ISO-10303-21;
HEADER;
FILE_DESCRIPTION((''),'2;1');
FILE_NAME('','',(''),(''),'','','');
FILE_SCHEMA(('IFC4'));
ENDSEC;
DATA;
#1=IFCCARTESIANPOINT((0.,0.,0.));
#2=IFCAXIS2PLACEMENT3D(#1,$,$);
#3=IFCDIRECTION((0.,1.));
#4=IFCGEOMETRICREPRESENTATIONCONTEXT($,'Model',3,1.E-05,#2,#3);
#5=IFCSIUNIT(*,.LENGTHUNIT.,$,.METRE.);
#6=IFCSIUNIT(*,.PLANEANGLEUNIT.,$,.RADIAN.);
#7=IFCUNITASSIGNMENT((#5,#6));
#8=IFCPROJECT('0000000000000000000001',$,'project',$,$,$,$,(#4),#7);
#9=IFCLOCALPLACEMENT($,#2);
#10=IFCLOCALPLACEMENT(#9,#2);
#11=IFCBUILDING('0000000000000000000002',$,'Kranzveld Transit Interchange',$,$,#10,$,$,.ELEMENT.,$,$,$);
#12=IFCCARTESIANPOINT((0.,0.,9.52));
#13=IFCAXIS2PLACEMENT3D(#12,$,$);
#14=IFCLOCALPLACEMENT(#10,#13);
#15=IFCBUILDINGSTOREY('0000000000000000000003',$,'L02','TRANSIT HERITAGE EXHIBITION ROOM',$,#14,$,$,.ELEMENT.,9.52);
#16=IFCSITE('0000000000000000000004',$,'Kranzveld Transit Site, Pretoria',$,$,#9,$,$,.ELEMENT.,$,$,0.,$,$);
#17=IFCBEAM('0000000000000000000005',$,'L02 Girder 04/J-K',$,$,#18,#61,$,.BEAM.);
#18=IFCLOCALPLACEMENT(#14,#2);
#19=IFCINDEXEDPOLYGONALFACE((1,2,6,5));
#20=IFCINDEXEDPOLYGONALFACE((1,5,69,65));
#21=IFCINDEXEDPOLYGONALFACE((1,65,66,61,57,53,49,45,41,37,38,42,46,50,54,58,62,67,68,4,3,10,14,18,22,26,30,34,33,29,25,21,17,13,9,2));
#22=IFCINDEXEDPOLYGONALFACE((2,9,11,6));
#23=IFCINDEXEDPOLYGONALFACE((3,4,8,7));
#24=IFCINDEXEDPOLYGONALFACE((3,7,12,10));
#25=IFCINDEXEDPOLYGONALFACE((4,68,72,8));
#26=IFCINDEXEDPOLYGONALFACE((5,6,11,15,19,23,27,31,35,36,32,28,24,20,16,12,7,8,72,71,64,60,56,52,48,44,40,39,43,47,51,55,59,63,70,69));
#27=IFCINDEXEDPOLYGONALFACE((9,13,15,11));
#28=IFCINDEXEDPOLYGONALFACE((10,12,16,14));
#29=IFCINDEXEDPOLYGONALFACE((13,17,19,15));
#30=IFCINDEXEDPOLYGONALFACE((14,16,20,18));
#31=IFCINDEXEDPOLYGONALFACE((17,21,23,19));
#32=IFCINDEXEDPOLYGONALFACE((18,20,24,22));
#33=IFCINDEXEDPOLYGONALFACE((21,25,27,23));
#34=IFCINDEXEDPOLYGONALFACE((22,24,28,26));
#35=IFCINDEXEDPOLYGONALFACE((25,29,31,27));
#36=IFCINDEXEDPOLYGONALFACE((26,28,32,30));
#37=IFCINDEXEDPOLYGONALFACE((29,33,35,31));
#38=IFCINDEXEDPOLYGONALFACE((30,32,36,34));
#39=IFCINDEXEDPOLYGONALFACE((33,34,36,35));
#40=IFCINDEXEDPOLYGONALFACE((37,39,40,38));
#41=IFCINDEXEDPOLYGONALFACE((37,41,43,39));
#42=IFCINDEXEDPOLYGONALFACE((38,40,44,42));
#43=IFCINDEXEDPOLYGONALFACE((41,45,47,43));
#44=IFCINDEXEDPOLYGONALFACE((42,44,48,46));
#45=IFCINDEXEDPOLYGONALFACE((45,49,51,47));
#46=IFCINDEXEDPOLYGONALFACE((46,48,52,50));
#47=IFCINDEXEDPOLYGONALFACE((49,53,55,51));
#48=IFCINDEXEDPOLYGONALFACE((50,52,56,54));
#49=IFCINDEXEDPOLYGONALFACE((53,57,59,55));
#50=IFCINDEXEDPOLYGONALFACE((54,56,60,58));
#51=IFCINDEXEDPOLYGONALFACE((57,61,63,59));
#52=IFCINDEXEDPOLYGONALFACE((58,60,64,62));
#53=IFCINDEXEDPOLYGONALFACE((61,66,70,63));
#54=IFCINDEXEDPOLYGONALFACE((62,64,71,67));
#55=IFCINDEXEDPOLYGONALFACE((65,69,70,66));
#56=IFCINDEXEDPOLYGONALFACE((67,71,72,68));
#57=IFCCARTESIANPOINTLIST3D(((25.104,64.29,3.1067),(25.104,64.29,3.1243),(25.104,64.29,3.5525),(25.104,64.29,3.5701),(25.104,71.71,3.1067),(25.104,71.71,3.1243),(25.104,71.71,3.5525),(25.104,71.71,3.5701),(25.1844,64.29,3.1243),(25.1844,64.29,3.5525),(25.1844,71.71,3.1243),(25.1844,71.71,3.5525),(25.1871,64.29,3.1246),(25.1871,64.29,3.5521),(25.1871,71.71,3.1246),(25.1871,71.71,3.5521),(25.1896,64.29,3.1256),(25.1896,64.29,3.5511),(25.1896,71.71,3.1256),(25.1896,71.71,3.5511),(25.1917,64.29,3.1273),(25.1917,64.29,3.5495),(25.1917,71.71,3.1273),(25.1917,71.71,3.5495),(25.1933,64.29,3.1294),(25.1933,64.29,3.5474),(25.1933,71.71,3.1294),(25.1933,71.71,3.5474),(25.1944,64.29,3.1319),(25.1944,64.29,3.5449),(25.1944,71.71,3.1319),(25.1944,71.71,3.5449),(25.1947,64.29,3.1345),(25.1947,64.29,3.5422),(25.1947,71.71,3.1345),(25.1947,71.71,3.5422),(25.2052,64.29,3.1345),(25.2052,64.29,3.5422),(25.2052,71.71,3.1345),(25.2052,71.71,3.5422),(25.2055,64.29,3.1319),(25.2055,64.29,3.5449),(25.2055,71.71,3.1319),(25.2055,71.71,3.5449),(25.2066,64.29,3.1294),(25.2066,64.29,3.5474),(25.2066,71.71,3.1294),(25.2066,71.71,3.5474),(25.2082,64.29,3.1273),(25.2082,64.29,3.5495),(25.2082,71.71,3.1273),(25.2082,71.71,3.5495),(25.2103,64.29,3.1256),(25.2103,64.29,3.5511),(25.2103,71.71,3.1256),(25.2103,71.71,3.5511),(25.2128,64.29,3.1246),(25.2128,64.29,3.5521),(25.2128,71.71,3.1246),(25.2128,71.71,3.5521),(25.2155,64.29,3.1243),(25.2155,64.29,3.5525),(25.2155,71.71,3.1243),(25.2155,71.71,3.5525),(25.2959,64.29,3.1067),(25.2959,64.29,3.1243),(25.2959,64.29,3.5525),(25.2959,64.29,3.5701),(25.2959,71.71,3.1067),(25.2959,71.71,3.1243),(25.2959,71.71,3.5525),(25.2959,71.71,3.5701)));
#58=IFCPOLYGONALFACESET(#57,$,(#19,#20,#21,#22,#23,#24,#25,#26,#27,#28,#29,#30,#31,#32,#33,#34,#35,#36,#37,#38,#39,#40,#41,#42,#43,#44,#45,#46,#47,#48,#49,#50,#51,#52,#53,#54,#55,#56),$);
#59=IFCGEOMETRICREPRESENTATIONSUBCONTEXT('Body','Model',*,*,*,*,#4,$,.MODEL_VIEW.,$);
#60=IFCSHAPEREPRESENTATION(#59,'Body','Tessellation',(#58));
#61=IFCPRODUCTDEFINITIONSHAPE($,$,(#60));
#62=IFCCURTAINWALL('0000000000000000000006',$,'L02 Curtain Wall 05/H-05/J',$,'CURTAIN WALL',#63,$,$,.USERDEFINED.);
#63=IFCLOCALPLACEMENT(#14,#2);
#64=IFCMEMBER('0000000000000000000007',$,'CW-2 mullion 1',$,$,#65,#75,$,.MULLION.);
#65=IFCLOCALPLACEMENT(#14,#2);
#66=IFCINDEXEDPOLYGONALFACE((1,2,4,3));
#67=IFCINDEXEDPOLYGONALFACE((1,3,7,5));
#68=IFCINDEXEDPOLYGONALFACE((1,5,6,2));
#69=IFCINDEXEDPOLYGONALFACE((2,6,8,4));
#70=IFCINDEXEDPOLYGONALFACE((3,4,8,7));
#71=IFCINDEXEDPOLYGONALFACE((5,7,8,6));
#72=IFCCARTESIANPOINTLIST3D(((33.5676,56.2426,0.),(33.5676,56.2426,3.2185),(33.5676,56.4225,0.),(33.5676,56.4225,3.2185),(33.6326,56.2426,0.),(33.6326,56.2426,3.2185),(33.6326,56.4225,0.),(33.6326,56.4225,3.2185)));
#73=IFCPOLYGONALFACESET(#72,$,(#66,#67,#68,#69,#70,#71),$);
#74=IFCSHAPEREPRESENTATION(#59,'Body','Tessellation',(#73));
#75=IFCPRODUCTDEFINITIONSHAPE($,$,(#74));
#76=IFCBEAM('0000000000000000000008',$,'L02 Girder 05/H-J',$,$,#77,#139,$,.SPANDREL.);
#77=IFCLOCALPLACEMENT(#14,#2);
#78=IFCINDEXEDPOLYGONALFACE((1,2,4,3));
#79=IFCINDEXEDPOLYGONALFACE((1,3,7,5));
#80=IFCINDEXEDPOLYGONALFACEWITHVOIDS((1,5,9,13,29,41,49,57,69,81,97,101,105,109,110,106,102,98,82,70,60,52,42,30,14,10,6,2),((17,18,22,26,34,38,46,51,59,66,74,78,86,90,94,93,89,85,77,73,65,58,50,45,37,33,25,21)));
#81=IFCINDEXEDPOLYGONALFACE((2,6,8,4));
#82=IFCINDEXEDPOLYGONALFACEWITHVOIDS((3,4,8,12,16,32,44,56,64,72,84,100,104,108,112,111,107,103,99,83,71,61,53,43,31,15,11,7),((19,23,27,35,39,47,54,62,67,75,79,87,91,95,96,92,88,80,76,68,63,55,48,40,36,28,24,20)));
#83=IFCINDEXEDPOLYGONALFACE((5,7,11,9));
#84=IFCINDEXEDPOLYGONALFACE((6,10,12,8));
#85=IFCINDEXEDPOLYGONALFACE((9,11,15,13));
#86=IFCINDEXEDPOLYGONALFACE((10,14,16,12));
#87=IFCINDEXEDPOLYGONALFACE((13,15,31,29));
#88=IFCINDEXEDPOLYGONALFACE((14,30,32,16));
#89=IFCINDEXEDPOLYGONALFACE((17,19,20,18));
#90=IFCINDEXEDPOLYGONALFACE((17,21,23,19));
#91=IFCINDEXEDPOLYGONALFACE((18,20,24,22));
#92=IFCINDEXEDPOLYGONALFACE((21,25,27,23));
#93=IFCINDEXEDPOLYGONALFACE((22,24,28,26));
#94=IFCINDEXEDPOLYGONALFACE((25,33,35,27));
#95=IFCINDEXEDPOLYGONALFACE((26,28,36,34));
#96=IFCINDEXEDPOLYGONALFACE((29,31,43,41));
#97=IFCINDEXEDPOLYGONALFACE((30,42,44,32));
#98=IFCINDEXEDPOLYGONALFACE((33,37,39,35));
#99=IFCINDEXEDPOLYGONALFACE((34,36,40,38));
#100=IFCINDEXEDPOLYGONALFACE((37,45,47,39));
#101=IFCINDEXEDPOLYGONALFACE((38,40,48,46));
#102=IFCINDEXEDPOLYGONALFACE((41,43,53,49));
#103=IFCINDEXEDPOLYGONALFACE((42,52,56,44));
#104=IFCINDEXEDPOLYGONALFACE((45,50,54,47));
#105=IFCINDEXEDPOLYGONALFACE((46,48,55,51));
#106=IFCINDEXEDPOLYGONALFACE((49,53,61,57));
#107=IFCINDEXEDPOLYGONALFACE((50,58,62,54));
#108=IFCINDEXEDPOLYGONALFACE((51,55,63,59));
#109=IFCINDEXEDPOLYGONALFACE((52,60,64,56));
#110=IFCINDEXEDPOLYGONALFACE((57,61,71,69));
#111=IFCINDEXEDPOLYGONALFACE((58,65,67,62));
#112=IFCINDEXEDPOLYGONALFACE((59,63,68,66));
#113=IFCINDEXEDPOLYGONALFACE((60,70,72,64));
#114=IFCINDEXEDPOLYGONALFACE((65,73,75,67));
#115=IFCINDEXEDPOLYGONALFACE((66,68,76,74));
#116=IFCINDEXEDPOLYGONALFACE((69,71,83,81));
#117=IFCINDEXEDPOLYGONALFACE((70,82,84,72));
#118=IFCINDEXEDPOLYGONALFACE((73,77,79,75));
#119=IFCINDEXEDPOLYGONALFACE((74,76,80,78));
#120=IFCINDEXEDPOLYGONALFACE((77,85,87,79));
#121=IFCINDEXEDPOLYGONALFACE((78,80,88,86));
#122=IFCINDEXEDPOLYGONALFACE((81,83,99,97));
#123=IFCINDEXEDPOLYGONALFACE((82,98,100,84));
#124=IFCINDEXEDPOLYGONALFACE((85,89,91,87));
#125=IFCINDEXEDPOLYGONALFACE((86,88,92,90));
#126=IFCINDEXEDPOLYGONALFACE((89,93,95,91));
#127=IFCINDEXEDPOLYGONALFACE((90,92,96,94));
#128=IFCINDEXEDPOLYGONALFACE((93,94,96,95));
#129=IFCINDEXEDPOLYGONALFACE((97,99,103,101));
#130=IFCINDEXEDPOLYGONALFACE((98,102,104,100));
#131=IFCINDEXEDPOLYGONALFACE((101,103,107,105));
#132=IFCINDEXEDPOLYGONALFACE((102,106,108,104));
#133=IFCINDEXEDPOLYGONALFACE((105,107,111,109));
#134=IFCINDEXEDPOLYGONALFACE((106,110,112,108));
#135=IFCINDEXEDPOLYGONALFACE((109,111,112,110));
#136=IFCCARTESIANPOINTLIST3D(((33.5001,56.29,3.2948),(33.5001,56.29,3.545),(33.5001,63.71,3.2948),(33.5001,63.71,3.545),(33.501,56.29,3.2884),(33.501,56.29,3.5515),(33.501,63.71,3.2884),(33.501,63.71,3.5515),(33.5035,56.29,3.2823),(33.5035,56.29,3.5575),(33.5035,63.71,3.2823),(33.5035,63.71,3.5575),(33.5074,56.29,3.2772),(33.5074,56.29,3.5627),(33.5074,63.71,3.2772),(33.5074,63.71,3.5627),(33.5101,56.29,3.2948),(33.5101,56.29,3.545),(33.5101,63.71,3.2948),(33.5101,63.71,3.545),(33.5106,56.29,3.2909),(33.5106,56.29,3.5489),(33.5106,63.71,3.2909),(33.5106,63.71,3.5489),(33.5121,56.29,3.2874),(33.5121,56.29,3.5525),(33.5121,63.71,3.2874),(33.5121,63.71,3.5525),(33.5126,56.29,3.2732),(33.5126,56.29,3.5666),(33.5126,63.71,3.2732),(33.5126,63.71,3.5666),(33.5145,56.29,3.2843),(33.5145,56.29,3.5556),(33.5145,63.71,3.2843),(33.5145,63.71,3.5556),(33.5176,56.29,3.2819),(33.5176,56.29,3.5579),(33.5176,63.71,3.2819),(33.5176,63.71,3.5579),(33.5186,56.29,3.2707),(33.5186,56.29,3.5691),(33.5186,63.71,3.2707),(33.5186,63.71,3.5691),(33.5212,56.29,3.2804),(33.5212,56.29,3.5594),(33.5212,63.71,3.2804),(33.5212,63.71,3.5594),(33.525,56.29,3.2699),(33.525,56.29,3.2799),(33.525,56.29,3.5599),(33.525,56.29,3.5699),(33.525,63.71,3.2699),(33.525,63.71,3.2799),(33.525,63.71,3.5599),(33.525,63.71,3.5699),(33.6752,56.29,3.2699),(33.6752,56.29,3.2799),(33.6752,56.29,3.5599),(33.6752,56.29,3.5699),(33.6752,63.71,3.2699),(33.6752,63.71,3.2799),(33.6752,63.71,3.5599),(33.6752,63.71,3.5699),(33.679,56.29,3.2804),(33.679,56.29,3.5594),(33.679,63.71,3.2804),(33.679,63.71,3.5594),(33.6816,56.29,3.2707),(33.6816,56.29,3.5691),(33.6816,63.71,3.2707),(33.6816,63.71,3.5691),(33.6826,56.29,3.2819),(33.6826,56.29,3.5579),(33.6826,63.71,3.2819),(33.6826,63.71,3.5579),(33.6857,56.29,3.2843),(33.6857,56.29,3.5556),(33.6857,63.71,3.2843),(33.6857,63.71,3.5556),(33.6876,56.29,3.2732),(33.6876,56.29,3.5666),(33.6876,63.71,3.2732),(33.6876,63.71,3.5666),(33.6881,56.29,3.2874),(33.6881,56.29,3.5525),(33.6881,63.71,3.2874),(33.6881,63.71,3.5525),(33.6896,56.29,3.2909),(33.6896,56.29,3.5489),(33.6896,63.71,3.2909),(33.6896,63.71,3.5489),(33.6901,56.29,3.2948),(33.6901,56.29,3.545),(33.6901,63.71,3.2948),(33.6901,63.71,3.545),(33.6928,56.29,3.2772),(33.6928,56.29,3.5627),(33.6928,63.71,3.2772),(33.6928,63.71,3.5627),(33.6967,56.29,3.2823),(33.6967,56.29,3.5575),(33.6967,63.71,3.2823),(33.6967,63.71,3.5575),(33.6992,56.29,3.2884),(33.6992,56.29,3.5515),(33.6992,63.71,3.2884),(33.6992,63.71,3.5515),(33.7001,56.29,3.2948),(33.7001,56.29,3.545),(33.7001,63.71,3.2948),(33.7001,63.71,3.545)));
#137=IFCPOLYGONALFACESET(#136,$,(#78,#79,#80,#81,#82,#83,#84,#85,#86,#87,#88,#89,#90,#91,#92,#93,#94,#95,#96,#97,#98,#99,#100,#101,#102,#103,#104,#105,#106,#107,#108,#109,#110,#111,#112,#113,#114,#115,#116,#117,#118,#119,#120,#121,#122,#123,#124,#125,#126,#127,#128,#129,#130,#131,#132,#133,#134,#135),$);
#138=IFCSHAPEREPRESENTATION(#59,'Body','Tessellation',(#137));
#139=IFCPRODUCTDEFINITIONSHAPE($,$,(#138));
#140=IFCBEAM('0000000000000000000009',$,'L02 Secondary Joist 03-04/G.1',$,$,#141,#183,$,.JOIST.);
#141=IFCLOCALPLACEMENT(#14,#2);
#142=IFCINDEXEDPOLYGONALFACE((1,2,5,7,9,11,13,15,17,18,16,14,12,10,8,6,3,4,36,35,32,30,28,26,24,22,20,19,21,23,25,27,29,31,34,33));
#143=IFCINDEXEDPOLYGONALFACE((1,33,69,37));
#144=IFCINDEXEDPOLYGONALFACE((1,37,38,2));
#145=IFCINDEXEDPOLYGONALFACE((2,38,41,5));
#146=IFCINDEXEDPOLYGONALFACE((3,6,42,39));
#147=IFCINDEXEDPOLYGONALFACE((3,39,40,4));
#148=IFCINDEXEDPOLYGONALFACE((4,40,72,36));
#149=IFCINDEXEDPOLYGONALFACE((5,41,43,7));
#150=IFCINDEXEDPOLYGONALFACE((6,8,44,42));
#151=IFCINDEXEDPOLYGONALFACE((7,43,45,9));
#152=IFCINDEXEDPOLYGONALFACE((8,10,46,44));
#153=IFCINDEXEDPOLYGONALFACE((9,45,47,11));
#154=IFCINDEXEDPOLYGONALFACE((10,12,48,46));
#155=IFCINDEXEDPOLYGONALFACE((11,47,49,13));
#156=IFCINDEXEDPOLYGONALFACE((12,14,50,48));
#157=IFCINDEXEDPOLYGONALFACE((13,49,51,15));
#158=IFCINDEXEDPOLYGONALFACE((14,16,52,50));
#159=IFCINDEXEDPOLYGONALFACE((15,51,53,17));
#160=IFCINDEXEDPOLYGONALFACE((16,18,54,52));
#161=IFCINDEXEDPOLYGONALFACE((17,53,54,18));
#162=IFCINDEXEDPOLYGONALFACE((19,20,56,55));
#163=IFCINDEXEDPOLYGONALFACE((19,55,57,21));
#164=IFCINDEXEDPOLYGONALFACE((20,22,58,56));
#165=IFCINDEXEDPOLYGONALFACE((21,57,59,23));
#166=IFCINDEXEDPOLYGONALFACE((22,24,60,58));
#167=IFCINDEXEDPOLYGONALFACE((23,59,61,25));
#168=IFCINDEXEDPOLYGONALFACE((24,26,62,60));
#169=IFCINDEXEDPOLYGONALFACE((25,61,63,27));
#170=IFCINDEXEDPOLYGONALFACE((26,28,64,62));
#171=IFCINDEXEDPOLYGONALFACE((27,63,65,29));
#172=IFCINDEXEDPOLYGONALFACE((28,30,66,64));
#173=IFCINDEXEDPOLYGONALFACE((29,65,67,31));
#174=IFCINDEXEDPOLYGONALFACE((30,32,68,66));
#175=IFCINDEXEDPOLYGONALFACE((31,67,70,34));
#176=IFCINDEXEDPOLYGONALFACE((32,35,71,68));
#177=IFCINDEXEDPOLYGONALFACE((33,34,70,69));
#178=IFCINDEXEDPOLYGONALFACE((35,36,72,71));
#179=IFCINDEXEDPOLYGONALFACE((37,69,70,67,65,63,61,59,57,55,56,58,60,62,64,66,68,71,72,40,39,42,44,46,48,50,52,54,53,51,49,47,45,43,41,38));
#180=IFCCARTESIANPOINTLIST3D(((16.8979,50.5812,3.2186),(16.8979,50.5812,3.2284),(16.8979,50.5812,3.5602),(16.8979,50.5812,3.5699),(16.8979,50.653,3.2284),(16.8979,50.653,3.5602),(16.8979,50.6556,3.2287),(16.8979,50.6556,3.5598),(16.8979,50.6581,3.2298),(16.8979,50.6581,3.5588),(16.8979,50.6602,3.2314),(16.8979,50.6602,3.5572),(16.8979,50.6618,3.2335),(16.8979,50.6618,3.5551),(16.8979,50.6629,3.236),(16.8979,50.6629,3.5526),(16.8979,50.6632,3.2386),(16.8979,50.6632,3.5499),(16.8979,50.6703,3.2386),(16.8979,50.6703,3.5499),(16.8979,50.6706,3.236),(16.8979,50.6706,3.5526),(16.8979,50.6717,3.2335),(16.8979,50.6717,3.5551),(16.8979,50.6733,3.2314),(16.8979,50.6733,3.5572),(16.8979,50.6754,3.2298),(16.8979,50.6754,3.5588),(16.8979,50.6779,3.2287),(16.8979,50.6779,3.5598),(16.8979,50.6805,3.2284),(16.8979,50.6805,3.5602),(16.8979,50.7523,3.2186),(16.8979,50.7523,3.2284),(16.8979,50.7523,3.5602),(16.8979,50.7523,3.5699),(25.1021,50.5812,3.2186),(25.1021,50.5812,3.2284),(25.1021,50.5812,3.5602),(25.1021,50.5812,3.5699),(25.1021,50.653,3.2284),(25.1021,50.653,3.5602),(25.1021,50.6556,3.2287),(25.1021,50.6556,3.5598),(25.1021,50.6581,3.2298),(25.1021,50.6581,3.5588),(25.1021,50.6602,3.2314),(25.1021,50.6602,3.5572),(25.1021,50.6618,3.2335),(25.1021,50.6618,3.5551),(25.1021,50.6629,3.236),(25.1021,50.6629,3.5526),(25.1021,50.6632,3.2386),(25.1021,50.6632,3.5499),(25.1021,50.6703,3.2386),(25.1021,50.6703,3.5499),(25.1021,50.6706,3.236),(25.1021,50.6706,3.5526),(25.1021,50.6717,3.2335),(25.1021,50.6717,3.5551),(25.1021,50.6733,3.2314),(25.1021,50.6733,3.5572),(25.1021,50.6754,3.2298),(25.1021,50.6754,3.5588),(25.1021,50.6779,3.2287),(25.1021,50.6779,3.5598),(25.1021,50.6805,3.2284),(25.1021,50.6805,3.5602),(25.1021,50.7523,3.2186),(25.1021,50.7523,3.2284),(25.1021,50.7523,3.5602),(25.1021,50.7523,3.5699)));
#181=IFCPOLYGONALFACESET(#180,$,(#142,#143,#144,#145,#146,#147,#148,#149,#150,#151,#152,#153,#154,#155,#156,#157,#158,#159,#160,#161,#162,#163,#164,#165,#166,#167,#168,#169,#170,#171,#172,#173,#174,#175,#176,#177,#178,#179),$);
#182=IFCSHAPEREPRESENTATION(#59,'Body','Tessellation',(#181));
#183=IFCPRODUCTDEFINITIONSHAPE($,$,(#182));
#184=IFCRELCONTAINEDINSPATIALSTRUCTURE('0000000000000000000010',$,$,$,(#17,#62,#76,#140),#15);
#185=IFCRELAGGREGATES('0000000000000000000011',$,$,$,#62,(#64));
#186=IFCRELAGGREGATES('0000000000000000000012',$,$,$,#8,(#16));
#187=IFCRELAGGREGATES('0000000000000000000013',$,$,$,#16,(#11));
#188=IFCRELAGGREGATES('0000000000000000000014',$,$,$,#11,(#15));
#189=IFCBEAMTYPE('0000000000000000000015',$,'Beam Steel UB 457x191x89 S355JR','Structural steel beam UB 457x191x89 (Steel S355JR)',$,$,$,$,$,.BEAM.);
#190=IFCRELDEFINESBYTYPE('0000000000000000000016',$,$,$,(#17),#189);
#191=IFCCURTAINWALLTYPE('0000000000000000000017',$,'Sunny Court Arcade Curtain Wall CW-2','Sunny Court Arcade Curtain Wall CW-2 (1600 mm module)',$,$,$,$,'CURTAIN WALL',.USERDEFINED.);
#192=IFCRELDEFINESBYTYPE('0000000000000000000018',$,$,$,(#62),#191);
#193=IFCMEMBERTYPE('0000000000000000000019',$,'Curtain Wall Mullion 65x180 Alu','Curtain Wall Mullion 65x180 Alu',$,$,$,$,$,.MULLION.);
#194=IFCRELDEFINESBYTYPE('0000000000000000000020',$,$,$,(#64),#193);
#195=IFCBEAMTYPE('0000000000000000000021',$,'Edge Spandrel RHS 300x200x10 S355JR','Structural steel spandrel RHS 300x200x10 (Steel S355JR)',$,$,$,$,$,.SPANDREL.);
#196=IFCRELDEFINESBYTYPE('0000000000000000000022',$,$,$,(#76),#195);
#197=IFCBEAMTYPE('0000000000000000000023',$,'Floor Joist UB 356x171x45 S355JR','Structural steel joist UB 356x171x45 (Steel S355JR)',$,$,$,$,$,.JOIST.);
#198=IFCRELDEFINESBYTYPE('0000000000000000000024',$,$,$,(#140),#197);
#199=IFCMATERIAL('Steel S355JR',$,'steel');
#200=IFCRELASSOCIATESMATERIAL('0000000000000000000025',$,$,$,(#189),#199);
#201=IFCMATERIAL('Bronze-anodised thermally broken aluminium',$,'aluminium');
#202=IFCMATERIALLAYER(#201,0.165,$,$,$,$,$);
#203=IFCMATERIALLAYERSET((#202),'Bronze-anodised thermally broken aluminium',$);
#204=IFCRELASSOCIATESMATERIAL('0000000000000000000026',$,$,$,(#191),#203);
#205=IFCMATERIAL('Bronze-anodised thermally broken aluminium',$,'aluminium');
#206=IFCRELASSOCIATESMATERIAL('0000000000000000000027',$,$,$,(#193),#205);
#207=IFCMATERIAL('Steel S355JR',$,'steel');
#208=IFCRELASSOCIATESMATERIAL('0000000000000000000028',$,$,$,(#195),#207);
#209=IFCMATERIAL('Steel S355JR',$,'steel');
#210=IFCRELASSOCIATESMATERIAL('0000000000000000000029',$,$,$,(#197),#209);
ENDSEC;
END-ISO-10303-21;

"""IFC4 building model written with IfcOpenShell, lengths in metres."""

from ifc_helpers import new_model, si_unit, direction, frame, origin, origin_2d, place, context, subcontext, project, spatial, rectangle, hollow_rectangle, i_section, extrude, material, layer, layer_set, material_profile, profile_set, type_object, element, aggregate, save


model = new_model("IFC4")

# Units and contexts
model_context = context("Model", 3, precision=1e-05, world=origin(), true_north=direction((0.0, 1.0)))
body_context = subcontext(model_context, "Body", "Model", "MODEL_VIEW")
ifc_project = project(units=[si_unit("LENGTHUNIT", "METRE"), si_unit("PLANEANGLEUNIT", "RADIAN")], contexts=[model_context])

# Site, building, storey
site_placement = place(None, origin())
site = spatial("IfcSite", under=ifc_project, at=site_placement, Name="Kranzveld Transit Site, Pretoria", CompositionType="ELEMENT", RefElevation=0.0)
building_placement = place(site_placement, origin())
building = spatial("IfcBuilding", under=site, at=building_placement, Name="Kranzveld Transit Interchange", CompositionType="ELEMENT")
storey_placement = place(building_placement, frame((0.0, 0.0, 9.52)))
storey = spatial("IfcBuildingStorey", under=building, at=storey_placement, Name="L02", Description="TRANSIT HERITAGE EXHIBITION ROOM", CompositionType="ELEMENT", Elevation=9.52)

# Beam
ifc_material_1 = material(Name="Steel S355JR", Category="steel")
ifc_material_profile_1 = material_profile(ifc_material_1, i_section(OverallWidth=0.1919, OverallDepth=0.4634, WebThickness=0.0105, FlangeThickness=0.0176, FilletRadius=0.0103, at=origin_2d()), Name="UB 457x191x89")
ifc_profile_set_1 = profile_set([ifc_material_profile_1], Name="Steel S355JR")
beam_type_1 = type_object("IfcBeamType", Name="Beam Steel UB 457x191x89 S355JR", Description="Structural steel beam UB 457x191x89 (Steel S355JR)", PredefinedType="BEAM", material=ifc_profile_set_1)
for number, where, z_axis, x_axis, name in (
    (1, (25.2, 64.29, 3.3384), (0.0, 1.0, 0.0), (-1.0, 0.0, 0.0), "L02 Girder 04/J-K"),
):
    element("IfcBeam", number, at=place(storey_placement, frame(where, z_axis=z_axis, x_axis=x_axis)), inside=storey, type_object=beam_type_1, Name=name, PredefinedType="BEAM", context=body_context, shape_type="SweptSolid", body=[
        extrude(i_section(OverallWidth=0.1919, OverallDepth=0.4634, WebThickness=0.0105, FlangeThickness=0.0176, FilletRadius=0.0103, at=origin_2d()), origin(), (0.0, 0.0, 1.0), 7.4199),
    ])

# Curtain wall, member
ifc_material_2 = material(Name="Bronze-anodised thermally broken aluminium", Category="aluminium")
ifc_layer_1 = layer(ifc_material_2, 0.165)
ifc_layer_set_1 = layer_set([ifc_layer_1], Name="Bronze-anodised thermally broken aluminium")
curtain_wall_type = type_object("IfcCurtainWallType", Name="Sunny Court Arcade Curtain Wall CW-2", Description="Sunny Court Arcade Curtain Wall CW-2 (1600 mm module)", ElementType="CURTAIN WALL", PredefinedType="USERDEFINED", material=ifc_layer_set_1)
curtain_wall_placement = place(storey_placement, origin())
curtain_wall = element("IfcCurtainWall", 2, at=curtain_wall_placement, inside=storey, type_object=curtain_wall_type, Name="L02 Curtain Wall 05/H-05/J", ObjectType="CURTAIN WALL", PredefinedType="USERDEFINED")
ifc_material_3 = material(Name="Bronze-anodised thermally broken aluminium", Category="aluminium")
ifc_material_profile_2 = material_profile(ifc_material_3, rectangle(XDim=0.0649, YDim=0.1799, at=origin_2d()), Name="ALU MULLION 65x180")
ifc_profile_set_2 = profile_set([ifc_material_profile_2], Name="Bronze-anodised thermally broken aluminium")
member_type = type_object("IfcMemberType", Name="Curtain Wall Mullion 65x180 Alu", Description="Curtain Wall Mullion 65x180 Alu", PredefinedType="MULLION", material=ifc_profile_set_2)
member_placement = place(storey_placement, frame((33.6001, 56.3325, 0.0), z_axis=(0.0, 0.0, 1.0), x_axis=(-1.0, 0.0, 0.0)))
member = element("IfcMember", 3, at=member_placement, type_object=member_type, Name="CW-2 mullion 1", PredefinedType="MULLION", context=body_context, shape_type="SweptSolid", body=[
    extrude(rectangle(XDim=0.0649, YDim=0.1799, at=origin_2d()), origin(), (0.0, 0.0, 1.0), 3.2185),
])
aggregate(curtain_wall, [member])

# Beams
ifc_material_4 = material(Name="Steel S355JR", Category="steel")
ifc_material_profile_3 = material_profile(ifc_material_4, hollow_rectangle(XDim=0.2, YDim=0.3, WallThickness=0.01, InnerFilletRadius=0.0149, OuterFilletRadius=0.0249, at=origin_2d()), Name="RHS 300x200x10")
ifc_profile_set_3 = profile_set([ifc_material_profile_3], Name="Steel S355JR")
beam_type_2 = type_object("IfcBeamType", Name="Edge Spandrel RHS 300x200x10 S355JR", Description="Structural steel spandrel RHS 300x200x10 (Steel S355JR)", PredefinedType="SPANDREL", material=ifc_profile_set_3)
beam_1_placement = place(storey_placement, frame((33.6001, 56.29, 3.4199), z_axis=(0.0, 1.0, 0.0), x_axis=(-1.0, 0.0, 0.0)))
element("IfcBeam", 4, at=beam_1_placement, inside=storey, type_object=beam_type_2, Name="L02 Girder 05/H-J", PredefinedType="SPANDREL", context=body_context, shape_type="SweptSolid", body=[
    extrude(hollow_rectangle(XDim=0.2, YDim=0.3, WallThickness=0.01, InnerFilletRadius=0.0149, OuterFilletRadius=0.0249, at=origin_2d()), origin(), (0.0, 0.0, 1.0), 7.4199),
])
ifc_material_5 = material(Name="Steel S355JR", Category="steel")
ifc_material_profile_4 = material_profile(ifc_material_5, i_section(OverallWidth=0.1711, OverallDepth=0.3513, WebThickness=0.0071, FlangeThickness=0.0098, FilletRadius=0.0103, at=origin_2d()), Name="UB 356x171x45")
ifc_profile_set_4 = profile_set([ifc_material_profile_4], Name="Steel S355JR")
beam_type_3 = type_object("IfcBeamType", Name="Floor Joist UB 356x171x45 S355JR", Description="Structural steel joist UB 356x171x45 (Steel S355JR)", PredefinedType="JOIST", material=ifc_profile_set_4)
for number, where, z_axis, x_axis, name in (
    (5, (16.8979, 50.6667, 3.3943), (1.0, 0.0, 0.0), (0.0, 1.0, 0.0), "L02 Secondary Joist 03-04/G.1"),
):
    element("IfcBeam", number, at=place(storey_placement, frame(where, z_axis=z_axis, x_axis=x_axis)), inside=storey, type_object=beam_type_3, Name=name, PredefinedType="JOIST", context=body_context, shape_type="SweptSolid", body=[
        extrude(i_section(OverallWidth=0.1711, OverallDepth=0.3513, WebThickness=0.0071, FlangeThickness=0.0098, FilletRadius=0.0103, at=origin_2d()), origin(), (0.0, 0.0, 1.0), 8.2041),
    ])

save(model, "model.ifc")
